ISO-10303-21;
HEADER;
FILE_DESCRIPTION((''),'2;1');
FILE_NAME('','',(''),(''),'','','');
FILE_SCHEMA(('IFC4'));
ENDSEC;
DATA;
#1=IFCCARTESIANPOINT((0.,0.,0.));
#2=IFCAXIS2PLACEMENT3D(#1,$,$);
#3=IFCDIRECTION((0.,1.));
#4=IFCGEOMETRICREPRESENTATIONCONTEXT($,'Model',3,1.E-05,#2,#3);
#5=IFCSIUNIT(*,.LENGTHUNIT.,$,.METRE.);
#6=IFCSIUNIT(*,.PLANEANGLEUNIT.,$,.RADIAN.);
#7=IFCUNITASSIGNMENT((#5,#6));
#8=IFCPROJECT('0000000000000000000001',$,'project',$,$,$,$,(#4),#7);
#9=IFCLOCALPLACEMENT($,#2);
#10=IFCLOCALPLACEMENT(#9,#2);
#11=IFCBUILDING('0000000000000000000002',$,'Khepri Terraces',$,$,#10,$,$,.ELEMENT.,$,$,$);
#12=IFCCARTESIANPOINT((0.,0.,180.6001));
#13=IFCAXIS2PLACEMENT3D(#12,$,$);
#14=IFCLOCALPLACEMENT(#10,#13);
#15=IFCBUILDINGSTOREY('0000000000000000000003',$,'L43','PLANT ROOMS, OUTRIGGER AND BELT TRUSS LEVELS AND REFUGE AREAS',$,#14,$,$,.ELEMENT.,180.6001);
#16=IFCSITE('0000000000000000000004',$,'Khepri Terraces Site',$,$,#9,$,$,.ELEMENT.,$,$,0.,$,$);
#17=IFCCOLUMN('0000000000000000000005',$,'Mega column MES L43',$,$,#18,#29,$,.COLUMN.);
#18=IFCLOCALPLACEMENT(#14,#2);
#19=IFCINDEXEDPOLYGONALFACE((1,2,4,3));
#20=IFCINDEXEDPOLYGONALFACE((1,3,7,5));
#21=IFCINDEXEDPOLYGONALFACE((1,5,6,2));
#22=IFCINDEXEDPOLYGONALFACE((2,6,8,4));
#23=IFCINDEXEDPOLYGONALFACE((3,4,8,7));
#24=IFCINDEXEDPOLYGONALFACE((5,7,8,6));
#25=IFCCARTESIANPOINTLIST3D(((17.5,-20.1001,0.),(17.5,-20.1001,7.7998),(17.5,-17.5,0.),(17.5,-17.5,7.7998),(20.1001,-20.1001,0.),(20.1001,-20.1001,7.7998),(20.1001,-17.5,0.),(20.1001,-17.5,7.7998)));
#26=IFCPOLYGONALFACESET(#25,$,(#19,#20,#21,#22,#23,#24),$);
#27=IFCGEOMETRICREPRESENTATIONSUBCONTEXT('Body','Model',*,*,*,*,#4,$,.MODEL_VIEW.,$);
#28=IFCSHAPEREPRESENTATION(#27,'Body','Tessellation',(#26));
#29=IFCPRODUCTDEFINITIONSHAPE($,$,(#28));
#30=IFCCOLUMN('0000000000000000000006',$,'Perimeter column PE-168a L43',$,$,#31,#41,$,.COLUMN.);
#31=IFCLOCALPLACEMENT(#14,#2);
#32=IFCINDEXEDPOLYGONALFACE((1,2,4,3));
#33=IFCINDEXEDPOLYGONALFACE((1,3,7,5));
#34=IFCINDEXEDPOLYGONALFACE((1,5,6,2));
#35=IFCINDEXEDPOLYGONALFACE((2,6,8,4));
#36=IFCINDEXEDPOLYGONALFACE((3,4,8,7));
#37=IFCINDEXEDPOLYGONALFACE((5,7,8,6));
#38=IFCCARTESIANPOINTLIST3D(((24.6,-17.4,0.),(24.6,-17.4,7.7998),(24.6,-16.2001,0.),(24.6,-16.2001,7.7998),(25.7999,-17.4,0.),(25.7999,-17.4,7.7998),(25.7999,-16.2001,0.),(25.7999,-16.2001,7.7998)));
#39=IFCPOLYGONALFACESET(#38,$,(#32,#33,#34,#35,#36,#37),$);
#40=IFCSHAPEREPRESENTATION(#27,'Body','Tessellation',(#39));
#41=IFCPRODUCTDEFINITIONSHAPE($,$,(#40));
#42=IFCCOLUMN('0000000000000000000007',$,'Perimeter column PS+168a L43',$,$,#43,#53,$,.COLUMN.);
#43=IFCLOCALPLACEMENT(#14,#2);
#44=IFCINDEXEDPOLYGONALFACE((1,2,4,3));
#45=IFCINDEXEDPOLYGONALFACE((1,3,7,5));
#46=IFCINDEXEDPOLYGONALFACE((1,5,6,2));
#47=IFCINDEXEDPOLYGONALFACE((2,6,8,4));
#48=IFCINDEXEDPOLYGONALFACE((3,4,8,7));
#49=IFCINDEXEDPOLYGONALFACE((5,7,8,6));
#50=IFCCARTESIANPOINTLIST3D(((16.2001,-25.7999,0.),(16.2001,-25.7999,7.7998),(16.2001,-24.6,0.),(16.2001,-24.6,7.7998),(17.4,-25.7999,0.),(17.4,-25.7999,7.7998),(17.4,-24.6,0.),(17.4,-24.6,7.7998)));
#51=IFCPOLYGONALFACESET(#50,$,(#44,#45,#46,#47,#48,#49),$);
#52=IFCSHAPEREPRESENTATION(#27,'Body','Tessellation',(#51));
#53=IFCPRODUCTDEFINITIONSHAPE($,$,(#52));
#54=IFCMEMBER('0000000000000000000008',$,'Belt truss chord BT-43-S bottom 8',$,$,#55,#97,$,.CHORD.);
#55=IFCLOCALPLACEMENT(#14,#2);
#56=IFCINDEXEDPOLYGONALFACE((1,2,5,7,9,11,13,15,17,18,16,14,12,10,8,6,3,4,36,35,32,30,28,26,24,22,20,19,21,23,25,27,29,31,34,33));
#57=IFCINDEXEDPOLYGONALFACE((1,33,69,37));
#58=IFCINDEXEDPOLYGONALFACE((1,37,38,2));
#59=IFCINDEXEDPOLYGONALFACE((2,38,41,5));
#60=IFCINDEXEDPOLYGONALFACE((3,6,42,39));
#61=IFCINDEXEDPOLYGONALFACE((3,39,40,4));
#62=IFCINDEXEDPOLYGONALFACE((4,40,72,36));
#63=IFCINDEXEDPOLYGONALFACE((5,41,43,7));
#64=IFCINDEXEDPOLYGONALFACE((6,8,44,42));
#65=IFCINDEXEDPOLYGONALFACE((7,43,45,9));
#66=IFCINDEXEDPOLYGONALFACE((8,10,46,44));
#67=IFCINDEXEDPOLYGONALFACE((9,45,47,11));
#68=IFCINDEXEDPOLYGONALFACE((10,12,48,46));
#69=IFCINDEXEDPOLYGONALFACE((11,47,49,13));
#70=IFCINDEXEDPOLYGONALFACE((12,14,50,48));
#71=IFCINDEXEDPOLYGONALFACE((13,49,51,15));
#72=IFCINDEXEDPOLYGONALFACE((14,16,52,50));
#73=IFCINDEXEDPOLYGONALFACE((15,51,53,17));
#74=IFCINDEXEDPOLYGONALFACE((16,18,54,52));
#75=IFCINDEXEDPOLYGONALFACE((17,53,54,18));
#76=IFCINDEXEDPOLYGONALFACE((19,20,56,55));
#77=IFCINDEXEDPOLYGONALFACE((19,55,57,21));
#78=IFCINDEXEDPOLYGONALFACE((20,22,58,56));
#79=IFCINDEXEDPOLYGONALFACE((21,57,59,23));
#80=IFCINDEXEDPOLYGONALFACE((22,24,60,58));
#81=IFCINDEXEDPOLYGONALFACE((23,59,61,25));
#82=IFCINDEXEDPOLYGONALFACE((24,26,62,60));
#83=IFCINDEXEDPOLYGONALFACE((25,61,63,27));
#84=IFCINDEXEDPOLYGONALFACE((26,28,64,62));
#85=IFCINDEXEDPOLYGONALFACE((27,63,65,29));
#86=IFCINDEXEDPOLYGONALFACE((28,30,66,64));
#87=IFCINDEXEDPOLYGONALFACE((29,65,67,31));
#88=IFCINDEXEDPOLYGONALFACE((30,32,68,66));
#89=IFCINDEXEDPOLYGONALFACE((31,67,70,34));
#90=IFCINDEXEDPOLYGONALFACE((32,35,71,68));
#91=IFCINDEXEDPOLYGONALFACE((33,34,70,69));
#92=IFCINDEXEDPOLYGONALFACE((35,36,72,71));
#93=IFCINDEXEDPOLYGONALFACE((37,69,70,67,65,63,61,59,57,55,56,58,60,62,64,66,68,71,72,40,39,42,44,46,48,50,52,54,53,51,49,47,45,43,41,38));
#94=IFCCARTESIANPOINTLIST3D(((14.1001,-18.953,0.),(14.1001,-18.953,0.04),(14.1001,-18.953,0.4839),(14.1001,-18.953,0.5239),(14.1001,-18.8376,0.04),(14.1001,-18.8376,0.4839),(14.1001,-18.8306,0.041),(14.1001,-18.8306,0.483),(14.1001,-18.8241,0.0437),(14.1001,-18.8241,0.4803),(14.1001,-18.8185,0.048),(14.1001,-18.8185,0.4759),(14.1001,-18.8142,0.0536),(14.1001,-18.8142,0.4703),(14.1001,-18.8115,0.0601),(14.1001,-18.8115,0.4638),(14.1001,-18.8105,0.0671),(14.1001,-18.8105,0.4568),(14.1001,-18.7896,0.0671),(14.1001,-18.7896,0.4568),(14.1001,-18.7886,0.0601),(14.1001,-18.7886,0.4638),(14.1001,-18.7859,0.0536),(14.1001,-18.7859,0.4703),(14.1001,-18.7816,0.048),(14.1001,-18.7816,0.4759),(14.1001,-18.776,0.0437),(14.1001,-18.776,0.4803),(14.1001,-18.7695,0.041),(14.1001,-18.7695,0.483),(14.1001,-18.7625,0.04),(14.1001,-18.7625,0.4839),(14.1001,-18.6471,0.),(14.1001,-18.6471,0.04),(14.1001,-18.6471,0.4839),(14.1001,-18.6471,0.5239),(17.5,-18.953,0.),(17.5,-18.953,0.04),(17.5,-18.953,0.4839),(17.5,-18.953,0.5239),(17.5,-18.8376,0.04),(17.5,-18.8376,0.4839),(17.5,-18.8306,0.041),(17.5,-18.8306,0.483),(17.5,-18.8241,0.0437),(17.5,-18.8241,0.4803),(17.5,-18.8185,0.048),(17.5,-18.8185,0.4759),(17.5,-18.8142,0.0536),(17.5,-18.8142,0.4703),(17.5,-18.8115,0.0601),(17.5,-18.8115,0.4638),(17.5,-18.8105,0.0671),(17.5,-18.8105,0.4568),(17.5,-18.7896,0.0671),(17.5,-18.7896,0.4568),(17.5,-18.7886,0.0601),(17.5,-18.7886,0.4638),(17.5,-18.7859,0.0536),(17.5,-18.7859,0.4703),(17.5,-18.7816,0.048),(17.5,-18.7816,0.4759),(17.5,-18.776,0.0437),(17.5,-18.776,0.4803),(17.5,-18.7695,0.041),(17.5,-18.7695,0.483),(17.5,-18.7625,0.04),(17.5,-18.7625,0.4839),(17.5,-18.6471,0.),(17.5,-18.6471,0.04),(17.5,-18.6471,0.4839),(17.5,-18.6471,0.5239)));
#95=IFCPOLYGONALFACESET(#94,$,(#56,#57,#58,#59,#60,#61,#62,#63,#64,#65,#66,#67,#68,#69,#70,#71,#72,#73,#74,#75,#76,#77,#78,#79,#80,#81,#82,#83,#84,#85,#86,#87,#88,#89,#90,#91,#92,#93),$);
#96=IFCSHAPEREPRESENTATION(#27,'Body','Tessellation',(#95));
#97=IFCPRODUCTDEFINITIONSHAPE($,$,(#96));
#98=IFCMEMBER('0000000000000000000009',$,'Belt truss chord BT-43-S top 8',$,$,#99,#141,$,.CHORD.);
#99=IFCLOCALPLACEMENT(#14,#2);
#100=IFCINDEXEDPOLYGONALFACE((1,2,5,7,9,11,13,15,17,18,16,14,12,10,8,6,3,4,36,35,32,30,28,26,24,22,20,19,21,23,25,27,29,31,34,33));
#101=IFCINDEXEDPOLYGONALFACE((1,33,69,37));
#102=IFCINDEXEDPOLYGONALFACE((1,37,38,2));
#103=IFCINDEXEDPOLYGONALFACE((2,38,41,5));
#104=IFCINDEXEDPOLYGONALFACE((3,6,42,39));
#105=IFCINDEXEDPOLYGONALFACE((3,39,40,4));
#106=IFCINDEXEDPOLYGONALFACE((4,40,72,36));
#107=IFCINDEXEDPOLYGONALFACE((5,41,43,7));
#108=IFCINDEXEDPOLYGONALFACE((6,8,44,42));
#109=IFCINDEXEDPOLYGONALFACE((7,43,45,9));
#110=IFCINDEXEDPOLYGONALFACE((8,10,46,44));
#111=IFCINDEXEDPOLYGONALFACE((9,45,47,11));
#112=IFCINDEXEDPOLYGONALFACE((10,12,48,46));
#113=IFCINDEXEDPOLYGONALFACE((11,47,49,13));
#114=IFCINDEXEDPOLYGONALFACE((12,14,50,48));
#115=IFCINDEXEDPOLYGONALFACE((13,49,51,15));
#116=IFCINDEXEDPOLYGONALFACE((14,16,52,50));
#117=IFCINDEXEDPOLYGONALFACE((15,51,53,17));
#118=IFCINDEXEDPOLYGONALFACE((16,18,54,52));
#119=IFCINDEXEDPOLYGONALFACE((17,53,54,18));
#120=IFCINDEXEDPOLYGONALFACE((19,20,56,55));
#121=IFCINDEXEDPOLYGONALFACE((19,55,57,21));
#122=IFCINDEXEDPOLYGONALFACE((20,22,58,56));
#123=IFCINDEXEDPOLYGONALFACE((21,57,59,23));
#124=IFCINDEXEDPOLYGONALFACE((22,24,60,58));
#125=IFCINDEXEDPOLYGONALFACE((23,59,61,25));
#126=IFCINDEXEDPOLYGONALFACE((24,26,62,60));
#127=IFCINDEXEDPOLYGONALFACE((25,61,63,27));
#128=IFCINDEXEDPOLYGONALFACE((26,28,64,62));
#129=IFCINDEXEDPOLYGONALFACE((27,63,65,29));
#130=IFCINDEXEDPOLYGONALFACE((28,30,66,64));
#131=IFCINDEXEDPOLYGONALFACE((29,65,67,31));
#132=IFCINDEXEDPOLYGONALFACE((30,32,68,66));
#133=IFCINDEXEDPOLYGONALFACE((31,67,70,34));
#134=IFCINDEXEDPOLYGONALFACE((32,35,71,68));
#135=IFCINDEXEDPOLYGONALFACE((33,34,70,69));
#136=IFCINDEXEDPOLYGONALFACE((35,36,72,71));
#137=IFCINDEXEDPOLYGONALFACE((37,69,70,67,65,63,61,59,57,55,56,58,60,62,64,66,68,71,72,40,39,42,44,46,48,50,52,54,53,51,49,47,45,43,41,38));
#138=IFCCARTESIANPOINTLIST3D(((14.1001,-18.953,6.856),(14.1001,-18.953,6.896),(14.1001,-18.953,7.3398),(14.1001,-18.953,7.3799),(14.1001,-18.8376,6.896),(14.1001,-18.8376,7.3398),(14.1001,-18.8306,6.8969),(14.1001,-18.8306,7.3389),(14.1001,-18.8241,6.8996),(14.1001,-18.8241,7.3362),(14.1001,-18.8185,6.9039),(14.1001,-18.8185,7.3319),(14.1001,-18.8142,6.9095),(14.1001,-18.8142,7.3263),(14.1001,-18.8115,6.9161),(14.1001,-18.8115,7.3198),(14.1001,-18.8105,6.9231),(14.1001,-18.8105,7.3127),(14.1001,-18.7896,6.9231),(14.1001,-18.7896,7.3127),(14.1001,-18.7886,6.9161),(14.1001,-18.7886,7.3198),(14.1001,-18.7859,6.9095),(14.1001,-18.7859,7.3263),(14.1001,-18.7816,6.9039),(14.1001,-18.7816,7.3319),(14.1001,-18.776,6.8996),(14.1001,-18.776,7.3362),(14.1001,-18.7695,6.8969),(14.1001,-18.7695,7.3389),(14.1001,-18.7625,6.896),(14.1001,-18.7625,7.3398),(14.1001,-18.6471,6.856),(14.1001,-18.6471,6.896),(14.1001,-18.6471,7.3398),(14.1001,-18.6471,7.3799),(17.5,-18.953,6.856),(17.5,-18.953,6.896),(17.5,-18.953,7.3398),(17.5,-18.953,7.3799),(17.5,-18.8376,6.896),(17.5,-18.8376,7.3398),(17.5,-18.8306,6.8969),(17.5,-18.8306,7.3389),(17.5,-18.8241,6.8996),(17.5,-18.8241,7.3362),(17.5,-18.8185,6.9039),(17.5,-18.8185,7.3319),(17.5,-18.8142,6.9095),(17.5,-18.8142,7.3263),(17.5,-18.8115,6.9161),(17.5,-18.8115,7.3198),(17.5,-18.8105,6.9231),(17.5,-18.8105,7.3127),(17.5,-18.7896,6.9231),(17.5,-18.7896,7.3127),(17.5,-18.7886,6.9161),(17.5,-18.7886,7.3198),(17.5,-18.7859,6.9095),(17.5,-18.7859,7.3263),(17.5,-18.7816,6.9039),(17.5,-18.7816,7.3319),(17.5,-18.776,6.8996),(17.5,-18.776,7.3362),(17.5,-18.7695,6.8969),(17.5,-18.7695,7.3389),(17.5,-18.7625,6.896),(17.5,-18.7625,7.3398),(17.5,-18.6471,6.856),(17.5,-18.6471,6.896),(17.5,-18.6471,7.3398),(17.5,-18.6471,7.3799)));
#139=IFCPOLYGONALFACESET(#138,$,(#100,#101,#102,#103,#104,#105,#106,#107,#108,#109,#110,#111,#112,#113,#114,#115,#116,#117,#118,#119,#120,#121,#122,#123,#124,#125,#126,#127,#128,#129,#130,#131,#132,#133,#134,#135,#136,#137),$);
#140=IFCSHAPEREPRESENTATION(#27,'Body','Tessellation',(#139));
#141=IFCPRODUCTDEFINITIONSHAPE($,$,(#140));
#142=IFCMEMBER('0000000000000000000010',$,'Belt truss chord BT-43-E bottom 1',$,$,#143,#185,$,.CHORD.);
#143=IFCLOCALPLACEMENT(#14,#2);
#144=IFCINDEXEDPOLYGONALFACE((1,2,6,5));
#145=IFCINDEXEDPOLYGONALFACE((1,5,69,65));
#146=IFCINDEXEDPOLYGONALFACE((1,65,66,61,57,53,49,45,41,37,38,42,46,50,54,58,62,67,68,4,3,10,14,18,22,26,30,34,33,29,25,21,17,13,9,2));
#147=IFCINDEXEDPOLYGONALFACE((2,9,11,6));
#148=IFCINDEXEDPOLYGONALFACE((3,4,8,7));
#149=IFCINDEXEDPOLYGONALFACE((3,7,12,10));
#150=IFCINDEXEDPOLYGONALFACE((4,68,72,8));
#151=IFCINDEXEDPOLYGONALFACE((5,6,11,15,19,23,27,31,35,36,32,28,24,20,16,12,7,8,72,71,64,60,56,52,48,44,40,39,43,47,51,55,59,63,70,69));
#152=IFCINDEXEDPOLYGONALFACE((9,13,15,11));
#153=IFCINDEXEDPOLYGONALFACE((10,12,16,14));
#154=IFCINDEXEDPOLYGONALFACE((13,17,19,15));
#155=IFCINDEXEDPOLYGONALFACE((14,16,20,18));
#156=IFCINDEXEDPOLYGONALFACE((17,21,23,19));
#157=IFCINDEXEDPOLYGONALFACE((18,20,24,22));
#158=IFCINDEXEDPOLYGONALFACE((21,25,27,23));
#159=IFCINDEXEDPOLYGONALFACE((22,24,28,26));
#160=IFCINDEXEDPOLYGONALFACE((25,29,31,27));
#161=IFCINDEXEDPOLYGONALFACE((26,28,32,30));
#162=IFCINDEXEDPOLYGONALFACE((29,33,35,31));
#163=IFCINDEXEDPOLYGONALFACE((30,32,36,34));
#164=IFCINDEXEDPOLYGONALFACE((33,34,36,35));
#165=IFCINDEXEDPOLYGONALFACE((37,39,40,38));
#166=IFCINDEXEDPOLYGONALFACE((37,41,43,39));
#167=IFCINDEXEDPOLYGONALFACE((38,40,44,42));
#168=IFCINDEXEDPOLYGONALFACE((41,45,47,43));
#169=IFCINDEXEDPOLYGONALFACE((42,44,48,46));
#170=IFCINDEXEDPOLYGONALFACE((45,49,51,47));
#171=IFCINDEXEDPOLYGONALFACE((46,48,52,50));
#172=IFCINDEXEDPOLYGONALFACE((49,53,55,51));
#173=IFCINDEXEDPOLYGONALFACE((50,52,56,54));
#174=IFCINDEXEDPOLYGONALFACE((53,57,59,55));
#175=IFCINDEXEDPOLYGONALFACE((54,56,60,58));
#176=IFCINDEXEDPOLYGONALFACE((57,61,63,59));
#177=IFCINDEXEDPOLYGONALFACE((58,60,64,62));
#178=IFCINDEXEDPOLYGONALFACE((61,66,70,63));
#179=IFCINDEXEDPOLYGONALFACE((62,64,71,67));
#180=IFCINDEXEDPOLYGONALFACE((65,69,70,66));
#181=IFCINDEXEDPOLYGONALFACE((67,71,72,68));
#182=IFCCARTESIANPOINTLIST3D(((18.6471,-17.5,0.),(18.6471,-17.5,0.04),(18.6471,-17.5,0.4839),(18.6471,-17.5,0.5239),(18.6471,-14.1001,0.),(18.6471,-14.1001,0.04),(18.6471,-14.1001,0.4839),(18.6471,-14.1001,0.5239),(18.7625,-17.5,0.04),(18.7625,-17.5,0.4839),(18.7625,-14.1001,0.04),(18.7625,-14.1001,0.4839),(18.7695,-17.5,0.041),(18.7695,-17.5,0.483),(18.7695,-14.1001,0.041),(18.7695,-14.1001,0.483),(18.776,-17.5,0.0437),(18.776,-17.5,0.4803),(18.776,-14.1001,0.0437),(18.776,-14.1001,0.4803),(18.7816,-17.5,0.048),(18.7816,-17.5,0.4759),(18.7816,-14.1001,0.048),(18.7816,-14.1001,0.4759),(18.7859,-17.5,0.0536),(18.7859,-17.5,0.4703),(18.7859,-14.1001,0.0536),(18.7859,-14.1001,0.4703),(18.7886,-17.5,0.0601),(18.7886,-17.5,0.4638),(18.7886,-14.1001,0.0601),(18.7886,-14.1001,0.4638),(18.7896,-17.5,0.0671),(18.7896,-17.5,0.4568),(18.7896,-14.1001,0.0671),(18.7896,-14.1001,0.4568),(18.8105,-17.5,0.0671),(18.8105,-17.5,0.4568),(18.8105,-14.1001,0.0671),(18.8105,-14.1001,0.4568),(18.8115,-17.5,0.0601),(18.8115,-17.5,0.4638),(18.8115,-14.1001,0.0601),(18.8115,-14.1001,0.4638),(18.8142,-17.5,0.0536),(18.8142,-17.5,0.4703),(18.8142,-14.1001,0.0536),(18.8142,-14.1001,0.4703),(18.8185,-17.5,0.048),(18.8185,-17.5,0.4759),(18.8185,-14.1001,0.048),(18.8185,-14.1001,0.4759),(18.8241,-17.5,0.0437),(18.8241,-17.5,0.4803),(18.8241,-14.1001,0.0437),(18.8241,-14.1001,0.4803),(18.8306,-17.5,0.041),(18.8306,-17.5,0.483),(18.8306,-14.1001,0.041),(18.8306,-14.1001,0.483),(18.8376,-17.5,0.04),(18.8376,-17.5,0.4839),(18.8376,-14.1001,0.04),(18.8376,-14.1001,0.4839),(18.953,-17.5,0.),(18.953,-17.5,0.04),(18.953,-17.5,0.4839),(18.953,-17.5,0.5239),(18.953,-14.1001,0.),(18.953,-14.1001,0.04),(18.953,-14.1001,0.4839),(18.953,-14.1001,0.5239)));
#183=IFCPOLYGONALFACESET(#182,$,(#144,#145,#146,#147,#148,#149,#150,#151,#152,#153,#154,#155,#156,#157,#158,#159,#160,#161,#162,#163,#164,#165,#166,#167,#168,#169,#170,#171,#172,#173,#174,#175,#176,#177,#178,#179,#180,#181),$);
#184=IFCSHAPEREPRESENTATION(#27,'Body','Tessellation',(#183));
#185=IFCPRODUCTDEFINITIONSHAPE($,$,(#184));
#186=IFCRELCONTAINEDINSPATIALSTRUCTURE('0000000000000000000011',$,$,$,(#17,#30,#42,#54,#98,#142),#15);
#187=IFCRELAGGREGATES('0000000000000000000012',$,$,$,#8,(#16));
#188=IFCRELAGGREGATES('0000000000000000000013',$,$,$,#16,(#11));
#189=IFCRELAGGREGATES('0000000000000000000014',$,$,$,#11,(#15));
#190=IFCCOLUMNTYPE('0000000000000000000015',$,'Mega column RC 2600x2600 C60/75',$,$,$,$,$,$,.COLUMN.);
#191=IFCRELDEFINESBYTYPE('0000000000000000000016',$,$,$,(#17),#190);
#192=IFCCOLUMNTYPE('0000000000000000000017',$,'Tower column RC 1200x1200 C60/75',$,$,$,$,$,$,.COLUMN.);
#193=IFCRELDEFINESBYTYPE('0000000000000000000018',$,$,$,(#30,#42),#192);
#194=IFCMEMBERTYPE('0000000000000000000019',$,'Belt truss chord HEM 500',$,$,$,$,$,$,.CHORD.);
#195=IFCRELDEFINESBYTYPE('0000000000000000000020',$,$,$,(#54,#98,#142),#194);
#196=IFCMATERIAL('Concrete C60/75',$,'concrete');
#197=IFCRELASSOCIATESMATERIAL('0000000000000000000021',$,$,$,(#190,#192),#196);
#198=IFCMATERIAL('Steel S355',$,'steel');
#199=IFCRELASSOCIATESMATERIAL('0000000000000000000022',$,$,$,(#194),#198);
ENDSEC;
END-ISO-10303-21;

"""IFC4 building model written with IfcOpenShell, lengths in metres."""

from ifc_helpers import new_model, si_unit, direction, frame, origin, origin_2d, place, context, subcontext, project, spatial, rectangle, i_section, extrude, material, material_profile, profile_set, type_object, element, save


model = new_model("IFC4")

# Units and contexts
model_context = context("Model", 3, precision=1e-05, world=origin(), true_north=direction((0.0, 1.0)))
body_context = subcontext(model_context, "Body", "Model", "MODEL_VIEW")
ifc_project = project(units=[si_unit("LENGTHUNIT", "METRE"), si_unit("PLANEANGLEUNIT", "RADIAN")], contexts=[model_context])

# Site, building, storey
site_placement = place(None, origin())
site = spatial("IfcSite", under=ifc_project, at=site_placement, Name="Khepri Terraces Site", CompositionType="ELEMENT", RefElevation=0.0)
building_placement = place(site_placement, origin())
building = spatial("IfcBuilding", under=site, at=building_placement, Name="Khepri Terraces", CompositionType="ELEMENT")
storey_placement = place(building_placement, frame((0.0, 0.0, 180.6001)))
storey = spatial("IfcBuildingStorey", under=building, at=storey_placement, Name="L43", Description="PLANT ROOMS, OUTRIGGER AND BELT TRUSS LEVELS AND REFUGE AREAS", CompositionType="ELEMENT", Elevation=180.6001)

# Columns
ifc_material_1 = material(Name="Concrete C60/75", Category="concrete")
ifc_material_profile_1 = material_profile(ifc_material_1, rectangle(XDim=2.6001, YDim=2.6001, at=origin_2d()), Name="Concrete C60/75", Category="concrete")
ifc_profile_set_1 = profile_set([ifc_material_profile_1], Name="Concrete C60/75")
column_type_1 = type_object("IfcColumnType", Name="Mega column RC 2600x2600 C60/75", PredefinedType="COLUMN", material=ifc_profile_set_1)
column_placement = place(storey_placement, frame((18.8, -18.8, 0.0), z_axis=(0.0, 0.0, 1.0), x_axis=(1.0, 0.0, 0.0)))
element("IfcColumn", 1, at=column_placement, inside=storey, type_object=column_type_1, Name="Mega column MES L43", PredefinedType="COLUMN", context=body_context, shape_type="SweptSolid", body=[
    extrude(rectangle(XDim=2.6001, YDim=2.6001, at=origin_2d()), origin(), (0.0, 0.0, 1.0), 7.7998),
])
ifc_material_profile_2 = material_profile(ifc_material_1, rectangle(XDim=1.2, YDim=1.2, at=origin_2d()), Name="Concrete C60/75", Category="concrete")
ifc_profile_set_2 = profile_set([ifc_material_profile_2], Name="Concrete C60/75")
column_type_2 = type_object("IfcColumnType", Name="Tower column RC 1200x1200 C60/75", PredefinedType="COLUMN", material=ifc_profile_set_2)
for number, where, z_axis, x_axis, name in (
    (2, (25.2, -16.8, 0.0), (0.0, 0.0, 1.0), (1.0, 0.0, 0.0), "Perimeter column PE-168a L43"),
    (3, (16.8, -25.2, 0.0), (0.0, 0.0, 1.0), (1.0, 0.0, 0.0), "Perimeter column PS+168a L43"),
):
    element("IfcColumn", number, at=place(storey_placement, frame(where, z_axis=z_axis, x_axis=x_axis)), inside=storey, type_object=column_type_2, Name=name, PredefinedType="COLUMN", context=body_context, shape_type="SweptSolid", body=[
        extrude(rectangle(XDim=1.2, YDim=1.2, at=origin_2d()), origin(), (0.0, 0.0, 1.0), 7.7998),
    ])

# Members
ifc_material_2 = material(Name="Steel S355", Category="steel")
ifc_material_profile_3 = material_profile(ifc_material_2, i_section(OverallWidth=0.3059, OverallDepth=0.5239, WebThickness=0.021, FlangeThickness=0.04, FilletRadius=0.0271, at=origin_2d()), Name="Steel S355", Category="steel")
ifc_profile_set_3 = profile_set([ifc_material_profile_3], Name="Steel S355")
member_type_1 = type_object("IfcMemberType", Name="Belt truss chord HEM 500", PredefinedType="CHORD", material=ifc_profile_set_3)
for number, where, z_axis, x_axis, name in (
    (4, (14.1001, -18.8, 0.262), (1.0, 0.0, 0.0), (0.0, 1.0, 0.0), "Belt truss chord BT-43-S bottom 8"),
    (5, (14.1001, -18.8, 7.1179), (1.0, 0.0, 0.0), (0.0, 1.0, 0.0), "Belt truss chord BT-43-S top 8"),
    (6, (18.8, -17.5, 0.262), (0.0, 1.0, 0.0), (-1.0, 0.0, 0.0), "Belt truss chord BT-43-E bottom 1"),
):
    element("IfcMember", number, at=place(storey_placement, frame(where, z_axis=z_axis, x_axis=x_axis)), inside=storey, type_object=member_type_1, Name=name, PredefinedType="CHORD", context=body_context, shape_type="SweptSolid", body=[
        extrude(i_section(OverallWidth=0.3059, OverallDepth=0.5239, WebThickness=0.021, FlangeThickness=0.04, FilletRadius=0.0271, at=origin_2d()), origin(), (0.0, 0.0, 1.0), 3.3999),
    ])

save(model, "model.ifc")
